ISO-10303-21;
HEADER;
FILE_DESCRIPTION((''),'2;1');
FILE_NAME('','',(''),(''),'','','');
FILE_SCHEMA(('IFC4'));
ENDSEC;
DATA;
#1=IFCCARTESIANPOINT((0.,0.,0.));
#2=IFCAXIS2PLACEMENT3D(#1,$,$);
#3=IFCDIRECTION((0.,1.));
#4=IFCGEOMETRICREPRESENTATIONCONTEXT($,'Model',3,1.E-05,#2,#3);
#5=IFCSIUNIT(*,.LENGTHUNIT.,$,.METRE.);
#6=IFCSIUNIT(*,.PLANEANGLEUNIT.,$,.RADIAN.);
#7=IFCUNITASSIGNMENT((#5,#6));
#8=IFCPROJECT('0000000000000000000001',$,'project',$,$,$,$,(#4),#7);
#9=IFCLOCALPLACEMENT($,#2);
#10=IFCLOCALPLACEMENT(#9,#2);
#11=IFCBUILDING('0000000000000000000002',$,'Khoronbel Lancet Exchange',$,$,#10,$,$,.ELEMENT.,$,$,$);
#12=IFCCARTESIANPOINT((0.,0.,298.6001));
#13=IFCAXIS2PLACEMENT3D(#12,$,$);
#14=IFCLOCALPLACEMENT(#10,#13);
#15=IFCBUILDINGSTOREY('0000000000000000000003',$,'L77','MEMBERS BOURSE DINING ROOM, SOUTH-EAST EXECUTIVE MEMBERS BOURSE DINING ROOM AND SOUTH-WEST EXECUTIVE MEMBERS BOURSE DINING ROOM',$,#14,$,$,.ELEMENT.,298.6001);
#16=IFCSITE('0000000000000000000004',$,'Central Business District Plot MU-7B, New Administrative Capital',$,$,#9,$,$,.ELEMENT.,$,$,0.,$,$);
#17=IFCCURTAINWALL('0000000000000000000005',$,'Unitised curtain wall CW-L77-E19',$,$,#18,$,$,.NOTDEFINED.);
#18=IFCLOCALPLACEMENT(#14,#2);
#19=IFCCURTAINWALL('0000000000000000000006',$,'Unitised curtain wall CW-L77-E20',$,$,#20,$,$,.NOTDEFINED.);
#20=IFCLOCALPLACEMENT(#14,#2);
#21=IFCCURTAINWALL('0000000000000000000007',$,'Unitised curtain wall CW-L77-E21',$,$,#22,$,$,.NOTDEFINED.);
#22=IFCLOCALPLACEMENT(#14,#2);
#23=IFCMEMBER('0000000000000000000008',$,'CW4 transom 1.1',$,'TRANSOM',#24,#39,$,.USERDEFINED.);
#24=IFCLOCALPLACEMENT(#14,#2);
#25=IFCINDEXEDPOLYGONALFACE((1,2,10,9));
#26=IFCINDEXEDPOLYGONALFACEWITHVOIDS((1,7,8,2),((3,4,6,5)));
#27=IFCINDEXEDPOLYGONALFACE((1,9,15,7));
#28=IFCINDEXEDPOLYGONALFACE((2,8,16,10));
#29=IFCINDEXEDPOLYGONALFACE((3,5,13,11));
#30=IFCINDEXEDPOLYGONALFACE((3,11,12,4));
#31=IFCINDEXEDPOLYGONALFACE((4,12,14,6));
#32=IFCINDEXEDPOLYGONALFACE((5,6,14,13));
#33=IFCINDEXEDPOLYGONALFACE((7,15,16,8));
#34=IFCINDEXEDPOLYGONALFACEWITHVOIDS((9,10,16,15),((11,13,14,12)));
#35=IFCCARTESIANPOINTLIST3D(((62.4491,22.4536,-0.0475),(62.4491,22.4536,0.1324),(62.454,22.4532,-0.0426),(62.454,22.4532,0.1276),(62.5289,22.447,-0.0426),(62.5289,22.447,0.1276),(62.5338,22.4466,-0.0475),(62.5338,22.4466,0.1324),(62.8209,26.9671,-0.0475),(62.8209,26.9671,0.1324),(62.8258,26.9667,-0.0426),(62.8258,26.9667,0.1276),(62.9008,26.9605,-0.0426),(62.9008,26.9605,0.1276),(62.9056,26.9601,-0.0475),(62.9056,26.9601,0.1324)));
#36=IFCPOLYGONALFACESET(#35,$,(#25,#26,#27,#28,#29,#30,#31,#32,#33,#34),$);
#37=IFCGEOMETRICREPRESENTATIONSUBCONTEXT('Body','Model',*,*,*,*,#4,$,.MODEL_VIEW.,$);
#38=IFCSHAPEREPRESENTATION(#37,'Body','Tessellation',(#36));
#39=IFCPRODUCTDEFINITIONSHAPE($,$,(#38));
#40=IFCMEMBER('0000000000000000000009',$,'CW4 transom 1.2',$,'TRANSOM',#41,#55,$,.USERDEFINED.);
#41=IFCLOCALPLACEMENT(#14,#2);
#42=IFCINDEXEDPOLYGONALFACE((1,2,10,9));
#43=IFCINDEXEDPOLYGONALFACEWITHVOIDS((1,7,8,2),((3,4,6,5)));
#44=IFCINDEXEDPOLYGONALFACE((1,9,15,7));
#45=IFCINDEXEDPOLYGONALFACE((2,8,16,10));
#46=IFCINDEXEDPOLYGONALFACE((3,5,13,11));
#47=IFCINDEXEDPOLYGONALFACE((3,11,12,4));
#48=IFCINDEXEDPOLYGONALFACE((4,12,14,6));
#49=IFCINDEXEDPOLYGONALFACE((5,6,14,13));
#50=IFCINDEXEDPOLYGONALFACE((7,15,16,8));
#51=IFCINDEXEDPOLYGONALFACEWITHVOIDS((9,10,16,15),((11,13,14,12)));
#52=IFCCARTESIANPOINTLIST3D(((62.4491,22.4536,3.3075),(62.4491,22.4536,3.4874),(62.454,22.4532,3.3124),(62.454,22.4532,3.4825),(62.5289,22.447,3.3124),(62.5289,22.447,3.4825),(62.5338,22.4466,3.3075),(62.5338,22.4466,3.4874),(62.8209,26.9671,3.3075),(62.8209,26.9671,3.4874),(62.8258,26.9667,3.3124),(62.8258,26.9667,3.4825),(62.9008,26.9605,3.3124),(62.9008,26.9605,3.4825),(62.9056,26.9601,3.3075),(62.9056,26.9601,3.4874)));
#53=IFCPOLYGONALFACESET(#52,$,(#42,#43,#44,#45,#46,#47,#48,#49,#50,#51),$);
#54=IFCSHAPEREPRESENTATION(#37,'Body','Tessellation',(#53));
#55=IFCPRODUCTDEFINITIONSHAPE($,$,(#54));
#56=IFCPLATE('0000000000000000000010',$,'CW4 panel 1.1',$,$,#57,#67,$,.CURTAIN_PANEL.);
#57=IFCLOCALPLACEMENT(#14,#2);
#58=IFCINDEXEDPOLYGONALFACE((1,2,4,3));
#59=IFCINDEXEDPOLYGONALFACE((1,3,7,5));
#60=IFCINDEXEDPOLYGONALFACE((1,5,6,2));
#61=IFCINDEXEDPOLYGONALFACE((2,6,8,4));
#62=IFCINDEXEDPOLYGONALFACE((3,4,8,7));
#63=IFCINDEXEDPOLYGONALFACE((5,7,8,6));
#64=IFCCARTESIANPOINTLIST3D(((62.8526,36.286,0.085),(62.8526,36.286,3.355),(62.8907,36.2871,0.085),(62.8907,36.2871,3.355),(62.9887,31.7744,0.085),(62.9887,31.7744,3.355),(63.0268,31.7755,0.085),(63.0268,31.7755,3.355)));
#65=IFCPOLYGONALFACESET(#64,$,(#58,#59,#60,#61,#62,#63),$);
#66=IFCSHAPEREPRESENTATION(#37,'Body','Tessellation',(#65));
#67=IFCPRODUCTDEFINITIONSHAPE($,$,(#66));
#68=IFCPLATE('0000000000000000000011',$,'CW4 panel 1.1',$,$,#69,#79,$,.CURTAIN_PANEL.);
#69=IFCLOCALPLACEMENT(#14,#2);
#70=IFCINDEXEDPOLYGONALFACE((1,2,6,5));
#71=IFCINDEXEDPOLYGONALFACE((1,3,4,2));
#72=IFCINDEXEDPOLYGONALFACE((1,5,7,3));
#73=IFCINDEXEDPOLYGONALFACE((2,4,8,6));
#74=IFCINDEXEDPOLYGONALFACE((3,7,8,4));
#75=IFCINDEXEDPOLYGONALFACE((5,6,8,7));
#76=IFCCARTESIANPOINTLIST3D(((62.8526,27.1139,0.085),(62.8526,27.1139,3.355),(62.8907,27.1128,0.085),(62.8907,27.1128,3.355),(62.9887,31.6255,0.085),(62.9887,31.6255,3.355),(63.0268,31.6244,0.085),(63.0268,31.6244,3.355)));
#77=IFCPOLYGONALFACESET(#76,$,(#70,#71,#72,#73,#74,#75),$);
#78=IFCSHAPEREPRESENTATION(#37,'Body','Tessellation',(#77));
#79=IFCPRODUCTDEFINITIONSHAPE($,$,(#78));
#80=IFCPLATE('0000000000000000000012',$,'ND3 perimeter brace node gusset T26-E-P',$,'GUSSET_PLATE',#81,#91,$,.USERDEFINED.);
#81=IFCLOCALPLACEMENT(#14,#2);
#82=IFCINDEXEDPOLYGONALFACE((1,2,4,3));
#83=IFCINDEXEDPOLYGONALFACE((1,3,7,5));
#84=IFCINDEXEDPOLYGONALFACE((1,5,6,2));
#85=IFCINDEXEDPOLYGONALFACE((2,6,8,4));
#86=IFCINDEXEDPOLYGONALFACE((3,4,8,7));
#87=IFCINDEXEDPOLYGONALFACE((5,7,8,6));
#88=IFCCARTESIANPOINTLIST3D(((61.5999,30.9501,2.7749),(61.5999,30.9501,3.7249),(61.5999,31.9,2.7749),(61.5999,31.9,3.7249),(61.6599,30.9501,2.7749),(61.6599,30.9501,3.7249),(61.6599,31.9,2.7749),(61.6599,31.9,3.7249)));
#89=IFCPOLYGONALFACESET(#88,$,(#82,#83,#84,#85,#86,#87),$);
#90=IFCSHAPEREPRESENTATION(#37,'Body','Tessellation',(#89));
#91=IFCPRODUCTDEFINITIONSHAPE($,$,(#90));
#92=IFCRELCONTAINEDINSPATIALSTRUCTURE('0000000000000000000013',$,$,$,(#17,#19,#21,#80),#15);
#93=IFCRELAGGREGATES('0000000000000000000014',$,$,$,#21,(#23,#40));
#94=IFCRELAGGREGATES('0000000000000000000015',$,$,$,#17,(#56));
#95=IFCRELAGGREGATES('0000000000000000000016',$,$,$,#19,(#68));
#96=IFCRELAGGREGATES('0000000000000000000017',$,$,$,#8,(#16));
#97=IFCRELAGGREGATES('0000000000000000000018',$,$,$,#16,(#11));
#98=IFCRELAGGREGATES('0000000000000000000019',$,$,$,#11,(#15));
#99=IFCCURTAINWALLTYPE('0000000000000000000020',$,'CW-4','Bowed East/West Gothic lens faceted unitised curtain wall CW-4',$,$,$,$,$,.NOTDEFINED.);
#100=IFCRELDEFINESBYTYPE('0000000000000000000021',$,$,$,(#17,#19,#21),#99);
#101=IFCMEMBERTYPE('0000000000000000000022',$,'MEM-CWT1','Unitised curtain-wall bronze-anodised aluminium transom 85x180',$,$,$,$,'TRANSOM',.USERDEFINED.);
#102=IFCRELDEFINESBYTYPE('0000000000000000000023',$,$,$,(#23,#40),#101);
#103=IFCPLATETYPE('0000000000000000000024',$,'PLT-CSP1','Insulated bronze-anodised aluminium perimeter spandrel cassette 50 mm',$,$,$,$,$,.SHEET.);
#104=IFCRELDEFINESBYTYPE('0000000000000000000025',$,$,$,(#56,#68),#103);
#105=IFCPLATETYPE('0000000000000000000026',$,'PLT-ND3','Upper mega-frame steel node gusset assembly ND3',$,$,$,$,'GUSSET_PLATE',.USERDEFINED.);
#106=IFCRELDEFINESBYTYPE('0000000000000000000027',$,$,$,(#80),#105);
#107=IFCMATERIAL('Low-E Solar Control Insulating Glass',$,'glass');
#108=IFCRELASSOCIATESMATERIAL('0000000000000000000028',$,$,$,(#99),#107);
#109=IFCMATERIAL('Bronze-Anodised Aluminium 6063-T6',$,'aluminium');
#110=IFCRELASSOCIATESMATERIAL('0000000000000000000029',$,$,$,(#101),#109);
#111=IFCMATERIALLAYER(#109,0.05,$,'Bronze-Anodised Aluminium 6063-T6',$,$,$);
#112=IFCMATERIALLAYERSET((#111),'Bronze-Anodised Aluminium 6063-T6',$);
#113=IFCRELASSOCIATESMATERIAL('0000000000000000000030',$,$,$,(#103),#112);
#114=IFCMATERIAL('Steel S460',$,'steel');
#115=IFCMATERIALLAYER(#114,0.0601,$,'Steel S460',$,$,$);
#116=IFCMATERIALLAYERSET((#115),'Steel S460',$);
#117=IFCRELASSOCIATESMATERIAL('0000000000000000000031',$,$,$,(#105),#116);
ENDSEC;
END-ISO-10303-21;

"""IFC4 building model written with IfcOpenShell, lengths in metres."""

from ifc_helpers import new_model, si_unit, direction, frame, origin, origin_2d, place, context, subcontext, project, spatial, rectangle, hollow_rectangle, extrude, material, layer, layer_set, material_profile, profile_set, type_object, element, aggregate, save


model = new_model("IFC4")

# Units and contexts
model_context = context("Model", 3, precision=1e-05, world=origin(), true_north=direction((0.0, 1.0)))
body_context = subcontext(model_context, "Body", "Model", "MODEL_VIEW")
ifc_project = project(units=[si_unit("LENGTHUNIT", "METRE"), si_unit("PLANEANGLEUNIT", "RADIAN")], contexts=[model_context])

# Site, building, storey
site_placement = place(None, origin())
site = spatial("IfcSite", under=ifc_project, at=site_placement, Name="Central Business District Plot MU-7B, New Administrative Capital", CompositionType="ELEMENT", RefElevation=0.0)
building_placement = place(site_placement, origin())
building = spatial("IfcBuilding", under=site, at=building_placement, Name="Khoronbel Lancet Exchange", CompositionType="ELEMENT")
storey_placement = place(building_placement, frame((0.0, 0.0, 298.6001)))
storey = spatial("IfcBuildingStorey", under=building, at=storey_placement, Name="L77", Description="MEMBERS BOURSE DINING ROOM, SOUTH-EAST EXECUTIVE MEMBERS BOURSE DINING ROOM AND SOUTH-WEST EXECUTIVE MEMBERS BOURSE DINING ROOM", CompositionType="ELEMENT", Elevation=298.6001)

# Curtain walls
ifc_material_1 = material(Name="Low-E Solar Control Insulating Glass", Category="glass")
curtain_wall_type = type_object("IfcCurtainWallType", Name="CW-4", Description="Bowed East/West Gothic lens faceted unitised curtain wall CW-4", PredefinedType="NOTDEFINED", material=ifc_material_1)
curtain_wall_1_placement = place(storey_placement, origin())
curtain_wall_1 = element("IfcCurtainWall", 1, at=curtain_wall_1_placement, inside=storey, type_object=curtain_wall_type, Name="Unitised curtain wall CW-L77-E19", PredefinedType="NOTDEFINED")
ifc_material_2 = material(Name="Bronze-Anodised Aluminium 6063-T6", Category="aluminium")
curtain_wall_2_placement = place(storey_placement, origin())
curtain_wall_2 = element("IfcCurtainWall", 2, at=curtain_wall_2_placement, inside=storey, type_object=curtain_wall_type, Name="Unitised curtain wall CW-L77-E20", PredefinedType="NOTDEFINED")

# Curtain wall
curtain_wall_3_placement = place(storey_placement, origin())
curtain_wall_3 = element("IfcCurtainWall", 3, at=curtain_wall_3_placement, inside=storey, type_object=curtain_wall_type, Name="Unitised curtain wall CW-L77-E21", PredefinedType="NOTDEFINED")

# Members
ifc_material_profile_1 = material_profile(ifc_material_2, hollow_rectangle(XDim=0.085, YDim=0.1799, WallThickness=0.0049, at=origin_2d()), Name="ALU TRANSOM 85x180")
ifc_profile_set_1 = profile_set([ifc_material_profile_1], Name="Bronze-Anodised Aluminium 6063-T6")
member_type_1 = type_object("IfcMemberType", Name="MEM-CWT1", Description="Unitised curtain-wall bronze-anodised aluminium transom 85x180", ElementType="TRANSOM", PredefinedType="USERDEFINED", material=ifc_profile_set_1)
member_1_placement = place(storey_placement, frame((62.8633, 26.9636, 0.0425), z_axis=(-0.082104, -0.996624, 0.0), x_axis=(0.996624, -0.082104, 0.0)))
member_1 = element("IfcMember", 4, at=member_1_placement, type_object=member_type_1, Name="CW4 transom 1.1", ObjectType="TRANSOM", PredefinedType="USERDEFINED", context=body_context, shape_type="SweptSolid", body=[
    extrude(hollow_rectangle(XDim=0.085, YDim=0.1799, WallThickness=0.0049, at=origin_2d()), origin(), (0.0, 0.0, 1.0), 4.5288),
])
member_2_placement = place(storey_placement, frame((62.8633, 26.9636, 3.3975), z_axis=(-0.082104, -0.996624, 0.0), x_axis=(0.996624, -0.082104, 0.0)))
member_2 = element("IfcMember", 5, at=member_2_placement, type_object=member_type_1, Name="CW4 transom 1.2", ObjectType="TRANSOM", PredefinedType="USERDEFINED", context=body_context, shape_type="SweptSolid", body=[
    extrude(hollow_rectangle(XDim=0.085, YDim=0.1799, WallThickness=0.0049, at=origin_2d()), origin(), (0.0, 0.0, 1.0), 4.5288),
])
aggregate(curtain_wall_3, [member_1, member_2])

# Plates
ifc_layer_1 = layer(ifc_material_2, 0.05, Name="Bronze-Anodised Aluminium 6063-T6")
ifc_layer_set_1 = layer_set([ifc_layer_1], Name="Bronze-Anodised Aluminium 6063-T6")
plate_type_1 = type_object("IfcPlateType", Name="PLT-CSP1", Description="Insulated bronze-anodised aluminium perimeter spandrel cassette 50 mm", PredefinedType="SHEET", material=ifc_layer_set_1)
plate_1_placement = place(storey_placement, frame((62.9397, 34.0308, 0.085), z_axis=(0.0, 0.0, 1.0), x_axis=(0.030148, -0.999545, 0.0)))
plate_1 = element("IfcPlate", 6, at=plate_1_placement, type_object=plate_type_1, Name="CW4 panel 1.1", PredefinedType="CURTAIN_PANEL", context=body_context, shape_type="SweptSolid", body=[
    extrude(rectangle(XDim=4.5137, YDim=0.0381, at=origin_2d()), origin(), (0.0, 0.0, 1.0), 3.27),
])
aggregate(curtain_wall_1, [plate_1])
plate_2_placement = place(storey_placement, frame((62.9397, 29.3691, 0.085), z_axis=(0.0, 0.0, 1.0), x_axis=(-0.030148, -0.999545, 0.0)))
plate_2 = element("IfcPlate", 7, at=plate_2_placement, type_object=plate_type_1, Name="CW4 panel 1.1", PredefinedType="CURTAIN_PANEL", context=body_context, shape_type="SweptSolid", body=[
    extrude(rectangle(XDim=4.5137, YDim=0.0381, at=origin_2d()), origin(), (0.0, 0.0, 1.0), 3.27),
])
aggregate(curtain_wall_2, [plate_2])
ifc_material_3 = material(Name="Steel S460", Category="steel")
ifc_layer_2 = layer(ifc_material_3, 0.0601, Name="Steel S460")
ifc_layer_set_2 = layer_set([ifc_layer_2], Name="Steel S460")
plate_type_2 = type_object("IfcPlateType", Name="PLT-ND3", Description="Upper mega-frame steel node gusset assembly ND3", ElementType="GUSSET_PLATE", PredefinedType="USERDEFINED", material=ifc_layer_set_2)
plate_3_placement = place(storey_placement, frame((61.6299, 31.425, 2.7749), z_axis=(0.0, 0.0, 1.0), x_axis=(0.0, 1.0, 0.0)))
element("IfcPlate", 8, at=plate_3_placement, inside=storey, type_object=plate_type_2, Name="ND3 perimeter brace node gusset T26-E-P", ObjectType="GUSSET_PLATE", PredefinedType="USERDEFINED", context=body_context, shape_type="SweptSolid", body=[
    extrude(rectangle(XDim=0.95, YDim=0.0601, at=origin_2d()), origin(), (0.0, 0.0, 1.0), 0.95),
])

save(model, "model.ifc")
